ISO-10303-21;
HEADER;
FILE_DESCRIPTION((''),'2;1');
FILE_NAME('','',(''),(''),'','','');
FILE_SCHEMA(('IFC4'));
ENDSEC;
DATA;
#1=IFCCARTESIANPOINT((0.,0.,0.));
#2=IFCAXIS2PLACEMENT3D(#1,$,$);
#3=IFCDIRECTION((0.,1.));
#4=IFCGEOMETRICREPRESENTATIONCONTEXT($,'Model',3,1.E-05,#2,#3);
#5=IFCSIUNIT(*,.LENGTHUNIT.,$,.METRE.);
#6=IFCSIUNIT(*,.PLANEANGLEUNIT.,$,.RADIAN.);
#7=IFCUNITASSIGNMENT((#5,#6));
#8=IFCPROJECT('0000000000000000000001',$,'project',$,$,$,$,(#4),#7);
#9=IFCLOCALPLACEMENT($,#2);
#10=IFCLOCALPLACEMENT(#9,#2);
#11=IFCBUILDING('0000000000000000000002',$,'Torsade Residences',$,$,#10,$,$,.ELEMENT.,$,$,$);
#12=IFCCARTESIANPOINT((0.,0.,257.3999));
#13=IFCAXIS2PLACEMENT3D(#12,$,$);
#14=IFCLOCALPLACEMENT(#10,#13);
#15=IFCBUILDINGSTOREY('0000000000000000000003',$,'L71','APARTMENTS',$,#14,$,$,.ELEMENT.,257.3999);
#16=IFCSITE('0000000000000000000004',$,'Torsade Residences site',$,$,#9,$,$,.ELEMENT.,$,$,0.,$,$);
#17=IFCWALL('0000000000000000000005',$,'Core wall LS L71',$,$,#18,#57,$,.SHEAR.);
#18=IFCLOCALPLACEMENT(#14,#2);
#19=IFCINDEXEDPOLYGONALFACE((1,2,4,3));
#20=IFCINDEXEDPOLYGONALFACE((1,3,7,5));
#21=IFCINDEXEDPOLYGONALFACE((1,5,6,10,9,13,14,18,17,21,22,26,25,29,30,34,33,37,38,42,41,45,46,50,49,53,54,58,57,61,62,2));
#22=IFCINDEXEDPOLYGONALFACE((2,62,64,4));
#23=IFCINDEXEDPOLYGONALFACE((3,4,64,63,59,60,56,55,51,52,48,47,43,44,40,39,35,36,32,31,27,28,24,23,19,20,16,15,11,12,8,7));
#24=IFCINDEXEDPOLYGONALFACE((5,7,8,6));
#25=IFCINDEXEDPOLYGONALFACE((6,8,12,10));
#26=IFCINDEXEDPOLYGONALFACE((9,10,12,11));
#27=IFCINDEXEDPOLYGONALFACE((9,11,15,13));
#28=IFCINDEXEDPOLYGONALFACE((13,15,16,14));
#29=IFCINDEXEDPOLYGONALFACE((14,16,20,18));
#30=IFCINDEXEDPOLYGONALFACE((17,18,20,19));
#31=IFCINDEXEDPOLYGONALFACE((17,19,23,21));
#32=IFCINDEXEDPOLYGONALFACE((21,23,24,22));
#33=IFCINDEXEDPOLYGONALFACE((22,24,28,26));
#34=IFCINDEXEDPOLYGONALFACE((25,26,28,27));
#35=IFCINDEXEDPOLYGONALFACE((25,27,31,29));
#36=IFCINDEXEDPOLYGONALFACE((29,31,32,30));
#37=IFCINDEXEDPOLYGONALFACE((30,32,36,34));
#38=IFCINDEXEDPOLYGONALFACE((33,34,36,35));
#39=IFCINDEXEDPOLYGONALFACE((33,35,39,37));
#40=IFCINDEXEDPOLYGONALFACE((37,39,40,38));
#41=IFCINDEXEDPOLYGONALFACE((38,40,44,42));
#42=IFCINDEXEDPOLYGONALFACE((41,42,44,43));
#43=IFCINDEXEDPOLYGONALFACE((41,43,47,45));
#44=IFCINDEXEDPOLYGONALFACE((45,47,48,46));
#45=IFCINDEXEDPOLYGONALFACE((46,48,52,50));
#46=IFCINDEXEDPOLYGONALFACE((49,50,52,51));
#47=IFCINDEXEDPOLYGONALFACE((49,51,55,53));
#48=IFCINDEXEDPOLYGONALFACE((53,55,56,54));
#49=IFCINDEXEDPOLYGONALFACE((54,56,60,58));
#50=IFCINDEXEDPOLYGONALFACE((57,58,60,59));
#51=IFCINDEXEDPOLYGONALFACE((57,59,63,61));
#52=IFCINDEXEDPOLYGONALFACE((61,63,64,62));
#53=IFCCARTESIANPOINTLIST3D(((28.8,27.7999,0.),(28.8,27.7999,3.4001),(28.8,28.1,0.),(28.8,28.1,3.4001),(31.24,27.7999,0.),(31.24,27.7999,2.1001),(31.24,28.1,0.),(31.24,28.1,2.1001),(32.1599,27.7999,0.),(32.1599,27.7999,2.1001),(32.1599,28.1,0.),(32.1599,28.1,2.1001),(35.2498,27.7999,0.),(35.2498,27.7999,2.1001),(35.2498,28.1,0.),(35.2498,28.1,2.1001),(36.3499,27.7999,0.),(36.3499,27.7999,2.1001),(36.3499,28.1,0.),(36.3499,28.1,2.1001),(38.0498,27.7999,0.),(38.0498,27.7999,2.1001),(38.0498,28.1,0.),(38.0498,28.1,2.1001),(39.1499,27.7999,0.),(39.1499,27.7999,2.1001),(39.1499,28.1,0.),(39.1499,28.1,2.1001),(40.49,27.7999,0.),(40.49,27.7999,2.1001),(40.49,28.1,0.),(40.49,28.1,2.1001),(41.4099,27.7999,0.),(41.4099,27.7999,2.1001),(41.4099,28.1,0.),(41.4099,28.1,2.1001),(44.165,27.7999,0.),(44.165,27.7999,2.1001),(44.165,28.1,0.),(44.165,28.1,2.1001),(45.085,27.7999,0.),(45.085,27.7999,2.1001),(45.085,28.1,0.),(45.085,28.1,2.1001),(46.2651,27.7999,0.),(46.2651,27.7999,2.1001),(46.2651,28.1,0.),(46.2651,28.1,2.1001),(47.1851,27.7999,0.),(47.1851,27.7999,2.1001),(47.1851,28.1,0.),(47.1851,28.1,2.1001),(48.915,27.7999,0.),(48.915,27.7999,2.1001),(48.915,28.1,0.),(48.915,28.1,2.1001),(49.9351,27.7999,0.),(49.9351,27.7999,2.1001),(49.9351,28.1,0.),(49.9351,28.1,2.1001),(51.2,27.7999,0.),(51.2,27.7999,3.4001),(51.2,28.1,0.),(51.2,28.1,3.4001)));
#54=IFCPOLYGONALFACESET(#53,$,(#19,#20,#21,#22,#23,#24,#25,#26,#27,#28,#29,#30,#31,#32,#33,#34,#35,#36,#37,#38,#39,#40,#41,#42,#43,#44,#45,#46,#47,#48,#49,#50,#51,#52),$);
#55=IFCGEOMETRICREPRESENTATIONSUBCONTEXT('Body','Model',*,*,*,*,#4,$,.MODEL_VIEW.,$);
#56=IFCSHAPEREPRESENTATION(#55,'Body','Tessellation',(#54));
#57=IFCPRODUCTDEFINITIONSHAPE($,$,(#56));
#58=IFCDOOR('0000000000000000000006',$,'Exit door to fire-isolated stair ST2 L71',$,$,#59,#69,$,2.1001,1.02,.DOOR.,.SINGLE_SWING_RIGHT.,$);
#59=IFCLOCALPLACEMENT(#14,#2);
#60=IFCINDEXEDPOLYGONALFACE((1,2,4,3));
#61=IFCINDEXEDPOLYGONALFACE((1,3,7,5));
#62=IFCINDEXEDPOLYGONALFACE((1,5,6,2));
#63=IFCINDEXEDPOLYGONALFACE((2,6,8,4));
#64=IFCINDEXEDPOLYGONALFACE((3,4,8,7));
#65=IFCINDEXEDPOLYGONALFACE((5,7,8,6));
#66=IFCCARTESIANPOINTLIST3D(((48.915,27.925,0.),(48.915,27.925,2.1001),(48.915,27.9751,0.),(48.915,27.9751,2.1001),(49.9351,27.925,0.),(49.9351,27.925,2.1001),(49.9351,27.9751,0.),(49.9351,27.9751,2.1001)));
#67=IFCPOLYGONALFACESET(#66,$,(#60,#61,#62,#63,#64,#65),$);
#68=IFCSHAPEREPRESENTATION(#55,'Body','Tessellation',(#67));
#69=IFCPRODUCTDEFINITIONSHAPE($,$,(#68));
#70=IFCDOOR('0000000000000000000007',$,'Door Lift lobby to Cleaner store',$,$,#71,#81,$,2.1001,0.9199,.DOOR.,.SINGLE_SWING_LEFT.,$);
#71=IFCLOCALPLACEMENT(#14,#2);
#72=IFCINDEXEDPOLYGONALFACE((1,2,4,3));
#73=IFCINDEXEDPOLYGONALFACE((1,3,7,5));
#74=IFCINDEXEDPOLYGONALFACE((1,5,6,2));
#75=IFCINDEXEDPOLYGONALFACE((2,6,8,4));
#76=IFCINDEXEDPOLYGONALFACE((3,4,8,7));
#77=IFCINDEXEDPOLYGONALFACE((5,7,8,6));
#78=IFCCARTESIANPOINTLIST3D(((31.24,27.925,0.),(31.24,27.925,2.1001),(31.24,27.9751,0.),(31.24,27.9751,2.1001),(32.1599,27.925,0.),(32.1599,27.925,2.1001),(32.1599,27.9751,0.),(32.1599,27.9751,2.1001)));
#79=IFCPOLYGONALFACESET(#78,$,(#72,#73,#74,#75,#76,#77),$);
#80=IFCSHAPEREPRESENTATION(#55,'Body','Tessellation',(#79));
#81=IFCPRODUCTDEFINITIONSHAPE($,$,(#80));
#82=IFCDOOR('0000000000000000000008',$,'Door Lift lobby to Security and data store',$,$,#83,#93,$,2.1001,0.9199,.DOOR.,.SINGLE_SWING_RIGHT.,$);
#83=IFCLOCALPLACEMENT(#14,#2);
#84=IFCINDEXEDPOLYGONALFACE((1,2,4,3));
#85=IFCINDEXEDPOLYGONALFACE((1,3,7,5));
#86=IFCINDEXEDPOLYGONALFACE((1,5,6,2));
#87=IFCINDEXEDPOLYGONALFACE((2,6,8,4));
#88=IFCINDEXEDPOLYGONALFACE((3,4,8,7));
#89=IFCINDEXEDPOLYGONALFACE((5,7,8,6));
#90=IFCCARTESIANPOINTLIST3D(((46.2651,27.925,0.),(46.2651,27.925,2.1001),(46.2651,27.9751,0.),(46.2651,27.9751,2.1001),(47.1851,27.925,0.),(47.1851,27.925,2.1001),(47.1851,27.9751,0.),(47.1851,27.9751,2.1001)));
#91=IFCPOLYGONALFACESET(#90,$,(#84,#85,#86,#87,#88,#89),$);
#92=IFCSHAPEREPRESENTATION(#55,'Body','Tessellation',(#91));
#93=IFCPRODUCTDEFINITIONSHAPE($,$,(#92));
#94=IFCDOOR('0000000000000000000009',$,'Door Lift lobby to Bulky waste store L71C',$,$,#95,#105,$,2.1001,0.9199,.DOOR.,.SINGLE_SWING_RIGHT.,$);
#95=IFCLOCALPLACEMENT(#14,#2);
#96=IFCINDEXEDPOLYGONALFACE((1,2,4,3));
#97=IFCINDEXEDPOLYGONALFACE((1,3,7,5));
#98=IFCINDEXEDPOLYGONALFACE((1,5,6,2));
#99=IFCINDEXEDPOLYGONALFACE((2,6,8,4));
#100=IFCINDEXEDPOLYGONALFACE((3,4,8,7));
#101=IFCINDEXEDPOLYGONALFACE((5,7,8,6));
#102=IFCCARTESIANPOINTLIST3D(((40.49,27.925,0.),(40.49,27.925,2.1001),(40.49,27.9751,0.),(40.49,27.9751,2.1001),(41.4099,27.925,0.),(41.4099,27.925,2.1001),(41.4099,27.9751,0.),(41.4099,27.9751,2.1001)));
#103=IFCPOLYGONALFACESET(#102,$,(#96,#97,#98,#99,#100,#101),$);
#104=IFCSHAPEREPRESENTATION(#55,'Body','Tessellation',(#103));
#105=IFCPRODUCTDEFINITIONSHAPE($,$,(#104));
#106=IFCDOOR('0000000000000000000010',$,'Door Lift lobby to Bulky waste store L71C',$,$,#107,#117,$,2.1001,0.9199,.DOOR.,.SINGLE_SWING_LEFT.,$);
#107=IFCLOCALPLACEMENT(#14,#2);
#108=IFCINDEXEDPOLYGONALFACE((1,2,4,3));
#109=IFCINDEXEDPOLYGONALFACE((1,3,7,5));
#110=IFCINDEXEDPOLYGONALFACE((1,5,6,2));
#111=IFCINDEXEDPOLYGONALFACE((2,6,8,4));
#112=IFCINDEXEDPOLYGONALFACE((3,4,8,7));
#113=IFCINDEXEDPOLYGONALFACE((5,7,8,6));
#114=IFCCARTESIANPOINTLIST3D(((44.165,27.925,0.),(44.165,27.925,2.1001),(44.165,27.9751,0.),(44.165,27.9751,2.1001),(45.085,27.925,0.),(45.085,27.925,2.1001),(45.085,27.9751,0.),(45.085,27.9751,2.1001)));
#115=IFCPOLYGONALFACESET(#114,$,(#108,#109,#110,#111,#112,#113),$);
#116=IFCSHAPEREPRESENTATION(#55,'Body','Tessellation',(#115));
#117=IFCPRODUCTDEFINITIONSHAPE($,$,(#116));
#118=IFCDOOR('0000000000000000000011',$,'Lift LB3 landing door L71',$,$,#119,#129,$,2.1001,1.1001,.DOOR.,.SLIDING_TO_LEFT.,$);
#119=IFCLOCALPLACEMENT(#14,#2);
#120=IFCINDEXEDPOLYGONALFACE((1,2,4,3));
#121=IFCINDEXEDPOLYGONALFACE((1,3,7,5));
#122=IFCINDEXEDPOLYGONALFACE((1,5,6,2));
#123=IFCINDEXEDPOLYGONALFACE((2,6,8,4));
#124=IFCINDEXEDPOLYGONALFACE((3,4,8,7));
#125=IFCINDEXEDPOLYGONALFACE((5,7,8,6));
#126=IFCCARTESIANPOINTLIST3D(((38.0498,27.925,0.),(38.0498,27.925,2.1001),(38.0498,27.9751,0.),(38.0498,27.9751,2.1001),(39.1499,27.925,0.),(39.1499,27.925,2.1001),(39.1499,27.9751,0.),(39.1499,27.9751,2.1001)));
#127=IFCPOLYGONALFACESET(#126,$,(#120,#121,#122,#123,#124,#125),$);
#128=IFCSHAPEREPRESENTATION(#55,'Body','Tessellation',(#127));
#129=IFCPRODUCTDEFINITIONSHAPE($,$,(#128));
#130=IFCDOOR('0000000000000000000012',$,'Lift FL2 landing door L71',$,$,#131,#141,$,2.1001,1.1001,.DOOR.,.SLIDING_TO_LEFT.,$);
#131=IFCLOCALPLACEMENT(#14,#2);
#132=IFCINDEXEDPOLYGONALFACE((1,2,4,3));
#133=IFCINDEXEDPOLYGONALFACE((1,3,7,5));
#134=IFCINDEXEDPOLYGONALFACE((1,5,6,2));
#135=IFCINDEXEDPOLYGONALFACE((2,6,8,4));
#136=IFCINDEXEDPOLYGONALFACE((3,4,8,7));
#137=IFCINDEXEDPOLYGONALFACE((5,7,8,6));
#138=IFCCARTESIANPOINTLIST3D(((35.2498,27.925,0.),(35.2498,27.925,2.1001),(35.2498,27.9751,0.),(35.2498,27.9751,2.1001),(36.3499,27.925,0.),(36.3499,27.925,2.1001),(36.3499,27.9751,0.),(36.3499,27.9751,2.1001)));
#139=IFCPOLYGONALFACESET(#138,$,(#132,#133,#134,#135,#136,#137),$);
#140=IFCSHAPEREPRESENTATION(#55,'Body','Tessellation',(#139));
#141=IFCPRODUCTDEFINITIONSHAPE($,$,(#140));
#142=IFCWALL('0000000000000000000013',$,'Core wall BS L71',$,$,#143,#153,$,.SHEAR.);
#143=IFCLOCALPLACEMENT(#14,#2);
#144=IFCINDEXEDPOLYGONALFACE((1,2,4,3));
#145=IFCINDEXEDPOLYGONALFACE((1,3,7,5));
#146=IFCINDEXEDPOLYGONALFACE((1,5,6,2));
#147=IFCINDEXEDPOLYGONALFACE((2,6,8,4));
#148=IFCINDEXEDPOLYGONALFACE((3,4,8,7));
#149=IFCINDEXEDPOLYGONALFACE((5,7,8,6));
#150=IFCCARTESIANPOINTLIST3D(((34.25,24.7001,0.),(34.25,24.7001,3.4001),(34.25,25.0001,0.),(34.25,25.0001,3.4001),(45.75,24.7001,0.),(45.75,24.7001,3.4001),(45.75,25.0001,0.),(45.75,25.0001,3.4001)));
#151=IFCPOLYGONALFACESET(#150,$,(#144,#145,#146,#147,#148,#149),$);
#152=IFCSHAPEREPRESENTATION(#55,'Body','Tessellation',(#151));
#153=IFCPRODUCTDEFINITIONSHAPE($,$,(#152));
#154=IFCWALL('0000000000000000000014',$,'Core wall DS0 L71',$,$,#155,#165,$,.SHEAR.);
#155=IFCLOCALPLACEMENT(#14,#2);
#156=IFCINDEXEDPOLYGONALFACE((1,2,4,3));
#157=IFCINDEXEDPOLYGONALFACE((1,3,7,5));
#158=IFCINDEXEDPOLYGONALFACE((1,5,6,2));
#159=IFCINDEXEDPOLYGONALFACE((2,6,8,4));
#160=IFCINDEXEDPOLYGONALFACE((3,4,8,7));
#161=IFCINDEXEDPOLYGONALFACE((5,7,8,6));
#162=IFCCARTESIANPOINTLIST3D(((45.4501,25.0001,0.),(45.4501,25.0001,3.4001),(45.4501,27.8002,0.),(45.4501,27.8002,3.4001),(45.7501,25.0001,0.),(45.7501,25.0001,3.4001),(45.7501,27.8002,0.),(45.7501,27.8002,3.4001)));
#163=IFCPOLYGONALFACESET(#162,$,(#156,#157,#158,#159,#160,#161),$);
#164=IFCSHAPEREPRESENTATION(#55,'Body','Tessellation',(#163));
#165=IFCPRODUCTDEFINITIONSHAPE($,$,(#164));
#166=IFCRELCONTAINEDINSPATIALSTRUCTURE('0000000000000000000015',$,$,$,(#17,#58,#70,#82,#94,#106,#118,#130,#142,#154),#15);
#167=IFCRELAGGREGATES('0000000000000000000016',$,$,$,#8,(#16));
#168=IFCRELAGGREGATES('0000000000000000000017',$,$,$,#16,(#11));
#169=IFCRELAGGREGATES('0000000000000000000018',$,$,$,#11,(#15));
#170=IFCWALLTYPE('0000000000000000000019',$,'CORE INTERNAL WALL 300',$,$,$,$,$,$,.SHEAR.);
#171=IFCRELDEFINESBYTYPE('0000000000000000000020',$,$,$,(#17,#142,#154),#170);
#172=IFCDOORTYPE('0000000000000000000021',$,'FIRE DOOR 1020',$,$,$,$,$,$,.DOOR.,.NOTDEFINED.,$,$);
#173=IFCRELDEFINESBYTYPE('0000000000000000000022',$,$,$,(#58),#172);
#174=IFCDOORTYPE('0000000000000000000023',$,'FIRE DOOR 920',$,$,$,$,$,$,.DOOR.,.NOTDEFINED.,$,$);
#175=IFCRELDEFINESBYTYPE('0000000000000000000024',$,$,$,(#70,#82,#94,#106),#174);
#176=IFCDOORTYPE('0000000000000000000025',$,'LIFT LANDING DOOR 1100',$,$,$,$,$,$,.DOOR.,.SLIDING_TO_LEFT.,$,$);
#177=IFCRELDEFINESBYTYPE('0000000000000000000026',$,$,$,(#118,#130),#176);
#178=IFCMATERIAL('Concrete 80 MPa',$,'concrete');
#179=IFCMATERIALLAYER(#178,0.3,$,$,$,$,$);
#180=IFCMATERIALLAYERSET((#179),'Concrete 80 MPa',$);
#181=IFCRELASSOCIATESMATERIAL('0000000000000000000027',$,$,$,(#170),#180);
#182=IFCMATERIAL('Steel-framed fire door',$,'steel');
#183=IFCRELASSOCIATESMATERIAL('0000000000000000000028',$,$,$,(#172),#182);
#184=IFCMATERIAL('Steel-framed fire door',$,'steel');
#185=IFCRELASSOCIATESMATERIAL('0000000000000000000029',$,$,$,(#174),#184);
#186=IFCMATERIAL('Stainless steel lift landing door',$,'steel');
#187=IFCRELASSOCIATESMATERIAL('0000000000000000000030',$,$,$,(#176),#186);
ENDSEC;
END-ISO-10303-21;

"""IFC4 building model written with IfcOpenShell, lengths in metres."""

from ifc_helpers import new_model, si_unit, direction, frame, frame_2d, origin, place, context, subcontext, project, spatial, rectangle, extrude, material, layer, layer_set, type_object, element, fill, save


model = new_model("IFC4")

# Units and contexts
model_context = context("Model", 3, precision=1e-05, world=origin(), true_north=direction((0.0, 1.0)))
body_context = subcontext(model_context, "Body", "Model", "MODEL_VIEW")
ifc_project = project(units=[si_unit("LENGTHUNIT", "METRE"), si_unit("PLANEANGLEUNIT", "RADIAN")], contexts=[model_context])

# Site, building, storey
site_placement = place(None, origin())
site = spatial("IfcSite", under=ifc_project, at=site_placement, Name="Torsade Residences site", CompositionType="ELEMENT", RefElevation=0.0)
building_placement = place(site_placement, origin())
building = spatial("IfcBuilding", under=site, at=building_placement, Name="Torsade Residences", CompositionType="ELEMENT")
storey_placement = place(building_placement, frame((0.0, 0.0, 257.3999)))
storey = spatial("IfcBuildingStorey", under=building, at=storey_placement, Name="L71", Description="APARTMENTS", CompositionType="ELEMENT", Elevation=257.3999)

# Wall, openings, doors
ifc_material_1 = material(Name="Concrete 80 MPa", Category="concrete")
ifc_layer_1 = layer(ifc_material_1, 0.3)
ifc_layer_set_1 = layer_set([ifc_layer_1], Name="Concrete 80 MPa")
wall_type_1 = type_object("IfcWallType", Name="CORE INTERNAL WALL 300", PredefinedType="SHEAR", material=ifc_layer_set_1)
wall_1_placement = place(storey_placement, frame((51.2, 27.95, 0.0), z_axis=(0.0, 0.0, 1.0), x_axis=(-1.0, 0.0, 0.0)))
wall_1 = element("IfcWall", 1, at=wall_1_placement, inside=storey, type_object=wall_type_1, Name="Core wall LS L71", PredefinedType="SHEAR", context=body_context, shape_type="SweptSolid", body=[
    extrude(rectangle(XDim=22.3999, YDim=0.3, at=frame_2d((11.2, 0.0))), origin(), (0.0, 0.0, 1.0), 3.4001),
])
opening_1_placement = place(wall_1_placement, frame((19.04, 0.0, 0.0)))
opening_1 = element("IfcOpeningElement", 2, at=opening_1_placement, cuts=wall_1, PredefinedType="OPENING", context=body_context, shape_type="SweptSolid", body=[
    extrude(rectangle(XDim=0.9199, YDim=2.1001, at=frame_2d((0.46, 1.05))), frame((0.0, 0.1599, 0.0), z_axis=(0.0, -1.0, 0.0), x_axis=(1.0, 0.0, 0.0)), (0.0, 0.0, 1.0), 0.3201),
])
opening_2_placement = place(wall_1_placement, frame((1.2649, 0.0, 0.0)))
opening_2 = element("IfcOpeningElement", 3, at=opening_2_placement, cuts=wall_1, PredefinedType="OPENING", context=body_context, shape_type="SweptSolid", body=[
    extrude(rectangle(XDim=1.02, YDim=2.1001, at=frame_2d((0.51, 1.05))), frame((0.0, 0.1599, 0.0), z_axis=(0.0, -1.0, 0.0), x_axis=(1.0, 0.0, 0.0)), (0.0, 0.0, 1.0), 0.3201),
])
opening_3_placement = place(wall_1_placement, frame((4.0149, 0.0, 0.0)))
opening_3 = element("IfcOpeningElement", 4, at=opening_3_placement, cuts=wall_1, PredefinedType="OPENING", context=body_context, shape_type="SweptSolid", body=[
    extrude(rectangle(XDim=0.9199, YDim=2.1001, at=frame_2d((0.46, 1.05))), frame((0.0, 0.1599, 0.0), z_axis=(0.0, -1.0, 0.0), x_axis=(1.0, 0.0, 0.0)), (0.0, 0.0, 1.0), 0.3201),
])
opening_4_placement = place(wall_1_placement, frame((9.79, 0.0, 0.0)))
opening_4 = element("IfcOpeningElement", 5, at=opening_4_placement, cuts=wall_1, PredefinedType="OPENING", context=body_context, shape_type="SweptSolid", body=[
    extrude(rectangle(XDim=0.9199, YDim=2.1001, at=frame_2d((0.46, 1.05))), frame((0.0, 0.1599, 0.0), z_axis=(0.0, -1.0, 0.0), x_axis=(1.0, 0.0, 0.0)), (0.0, 0.0, 1.0), 0.3201),
])
opening_5_placement = place(wall_1_placement, frame((6.115, 0.0, 0.0)))
opening_5 = element("IfcOpeningElement", 6, at=opening_5_placement, cuts=wall_1, PredefinedType="OPENING", context=body_context, shape_type="SweptSolid", body=[
    extrude(rectangle(XDim=0.9199, YDim=2.1001, at=frame_2d((0.46, 1.05))), frame((0.0, 0.1599, 0.0), z_axis=(0.0, -1.0, 0.0), x_axis=(1.0, 0.0, 0.0)), (0.0, 0.0, 1.0), 0.3201),
])
opening_6_placement = place(wall_1_placement, frame((12.05, 0.0, 0.0)))
opening_6 = element("IfcOpeningElement", 7, at=opening_6_placement, cuts=wall_1, PredefinedType="OPENING", context=body_context, shape_type="SweptSolid", body=[
    extrude(rectangle(XDim=1.1001, YDim=2.1001, at=frame_2d((0.55, 1.05))), frame((0.0, 0.1599, 0.0), z_axis=(0.0, -1.0, 0.0), x_axis=(1.0, 0.0, 0.0)), (0.0, 0.0, 1.0), 0.3201),
])
opening_7_placement = place(wall_1_placement, frame((14.8501, 0.0, 0.0)))
opening_7 = element("IfcOpeningElement", 8, at=opening_7_placement, cuts=wall_1, PredefinedType="OPENING", context=body_context, shape_type="SweptSolid", body=[
    extrude(rectangle(XDim=1.1001, YDim=2.1001, at=frame_2d((0.55, 1.05))), frame((0.0, 0.1599, 0.0), z_axis=(0.0, -1.0, 0.0), x_axis=(1.0, 0.0, 0.0)), (0.0, 0.0, 1.0), 0.3201),
])
ifc_material_2 = material(Name="Steel-framed fire door", Category="steel")
door_type_1 = type_object("IfcDoorType", Name="FIRE DOOR 1020", OperationType="NOTDEFINED", PredefinedType="DOOR", material=ifc_material_2)
door_1_placement = place(opening_2_placement, origin())
door_1 = element("IfcDoor", 9, at=door_1_placement, inside=storey, type_object=door_type_1, Name="Exit door to fire-isolated stair ST2 L71", OperationType="SINGLE_SWING_RIGHT", OverallHeight=2.1001, OverallWidth=1.02, PredefinedType="DOOR", context=body_context, shape_type="SweptSolid", body=[
    extrude(rectangle(XDim=1.02, YDim=2.1001, at=frame_2d((0.51, 1.05))), frame((0.0, 0.0249, 0.0), z_axis=(0.0, -1.0, 0.0), x_axis=(1.0, 0.0, 0.0)), (0.0, 0.0, 1.0), 0.05),
])
fill(opening_2, door_1)
ifc_material_3 = material(Name="Steel-framed fire door", Category="steel")
door_type_2 = type_object("IfcDoorType", Name="FIRE DOOR 920", OperationType="NOTDEFINED", PredefinedType="DOOR", material=ifc_material_3)
door_2_placement = place(opening_1_placement, origin())
door_2 = element("IfcDoor", 10, at=door_2_placement, inside=storey, type_object=door_type_2, Name="Door Lift lobby to Cleaner store", OperationType="SINGLE_SWING_LEFT", OverallHeight=2.1001, OverallWidth=0.9199, PredefinedType="DOOR", context=body_context, shape_type="SweptSolid", body=[
    extrude(rectangle(XDim=0.9199, YDim=2.1001, at=frame_2d((0.46, 1.05))), frame((0.0, 0.0249, 0.0), z_axis=(0.0, -1.0, 0.0), x_axis=(1.0, 0.0, 0.0)), (0.0, 0.0, 1.0), 0.05),
])
fill(opening_1, door_2)
door_3_placement = place(opening_3_placement, origin())
door_3 = element("IfcDoor", 11, at=door_3_placement, inside=storey, type_object=door_type_2, Name="Door Lift lobby to Security and data store", OperationType="SINGLE_SWING_RIGHT", OverallHeight=2.1001, OverallWidth=0.9199, PredefinedType="DOOR", context=body_context, shape_type="SweptSolid", body=[
    extrude(rectangle(XDim=0.9199, YDim=2.1001, at=frame_2d((0.46, 1.05))), frame((0.0, 0.0249, 0.0), z_axis=(0.0, -1.0, 0.0), x_axis=(1.0, 0.0, 0.0)), (0.0, 0.0, 1.0), 0.05),
])
fill(opening_3, door_3)
door_4_placement = place(opening_4_placement, origin())
door_4 = element("IfcDoor", 12, at=door_4_placement, inside=storey, type_object=door_type_2, Name="Door Lift lobby to Bulky waste store L71C", OperationType="SINGLE_SWING_RIGHT", OverallHeight=2.1001, OverallWidth=0.9199, PredefinedType="DOOR", context=body_context, shape_type="SweptSolid", body=[
    extrude(rectangle(XDim=0.9199, YDim=2.1001, at=frame_2d((0.46, 1.05))), frame((0.0, 0.0249, 0.0), z_axis=(0.0, -1.0, 0.0), x_axis=(1.0, 0.0, 0.0)), (0.0, 0.0, 1.0), 0.05),
])
fill(opening_4, door_4)
door_5_placement = place(opening_5_placement, origin())
door_5 = element("IfcDoor", 13, at=door_5_placement, inside=storey, type_object=door_type_2, Name="Door Lift lobby to Bulky waste store L71C", OperationType="SINGLE_SWING_LEFT", OverallHeight=2.1001, OverallWidth=0.9199, PredefinedType="DOOR", context=body_context, shape_type="SweptSolid", body=[
    extrude(rectangle(XDim=0.9199, YDim=2.1001, at=frame_2d((0.46, 1.05))), frame((0.0, 0.0249, 0.0), z_axis=(0.0, -1.0, 0.0), x_axis=(1.0, 0.0, 0.0)), (0.0, 0.0, 1.0), 0.05),
])
fill(opening_5, door_5)
ifc_material_4 = material(Name="Stainless steel lift landing door", Category="steel")
door_type_3 = type_object("IfcDoorType", Name="LIFT LANDING DOOR 1100", OperationType="SLIDING_TO_LEFT", PredefinedType="DOOR", material=ifc_material_4)
door_6_placement = place(opening_6_placement, origin())
door_6 = element("IfcDoor", 14, at=door_6_placement, inside=storey, type_object=door_type_3, Name="Lift LB3 landing door L71", OperationType="SLIDING_TO_LEFT", OverallHeight=2.1001, OverallWidth=1.1001, PredefinedType="DOOR", context=body_context, shape_type="SweptSolid", body=[
    extrude(rectangle(XDim=1.1001, YDim=2.1001, at=frame_2d((0.55, 1.05))), frame((0.0, 0.0249, 0.0), z_axis=(0.0, -1.0, 0.0), x_axis=(1.0, 0.0, 0.0)), (0.0, 0.0, 1.0), 0.05),
])
fill(opening_6, door_6)
door_7_placement = place(opening_7_placement, origin())
door_7 = element("IfcDoor", 15, at=door_7_placement, inside=storey, type_object=door_type_3, Name="Lift FL2 landing door L71", OperationType="SLIDING_TO_LEFT", OverallHeight=2.1001, OverallWidth=1.1001, PredefinedType="DOOR", context=body_context, shape_type="SweptSolid", body=[
    extrude(rectangle(XDim=1.1001, YDim=2.1001, at=frame_2d((0.55, 1.05))), frame((0.0, 0.0249, 0.0), z_axis=(0.0, -1.0, 0.0), x_axis=(1.0, 0.0, 0.0)), (0.0, 0.0, 1.0), 0.05),
])
fill(opening_7, door_7)

# Walls
wall_2_placement = place(storey_placement, frame((45.75, 24.8501, 0.0), z_axis=(0.0, 0.0, 1.0), x_axis=(-1.0, 0.0, 0.0)))
element("IfcWall", 16, at=wall_2_placement, inside=storey, type_object=wall_type_1, Name="Core wall BS L71", PredefinedType="SHEAR", context=body_context, shape_type="SweptSolid", body=[
    extrude(rectangle(XDim=11.5, YDim=0.3, at=frame_2d((5.75, 0.0))), origin(), (0.0, 0.0, 1.0), 3.4001),
])
wall_3_placement = place(storey_placement, frame((45.6001, 27.8, 0.0), z_axis=(0.0, 0.0, 1.0), x_axis=(0.0, -1.0, 0.0)))
element("IfcWall", 17, at=wall_3_placement, inside=storey, type_object=wall_type_1, Name="Core wall DS0 L71", PredefinedType="SHEAR", context=body_context, shape_type="SweptSolid", body=[
    extrude(rectangle(XDim=2.8, YDim=0.3, at=frame_2d((1.3999, 0.0))), origin(), (0.0, 0.0, 1.0), 3.4001),
])

save(model, "model.ifc")
